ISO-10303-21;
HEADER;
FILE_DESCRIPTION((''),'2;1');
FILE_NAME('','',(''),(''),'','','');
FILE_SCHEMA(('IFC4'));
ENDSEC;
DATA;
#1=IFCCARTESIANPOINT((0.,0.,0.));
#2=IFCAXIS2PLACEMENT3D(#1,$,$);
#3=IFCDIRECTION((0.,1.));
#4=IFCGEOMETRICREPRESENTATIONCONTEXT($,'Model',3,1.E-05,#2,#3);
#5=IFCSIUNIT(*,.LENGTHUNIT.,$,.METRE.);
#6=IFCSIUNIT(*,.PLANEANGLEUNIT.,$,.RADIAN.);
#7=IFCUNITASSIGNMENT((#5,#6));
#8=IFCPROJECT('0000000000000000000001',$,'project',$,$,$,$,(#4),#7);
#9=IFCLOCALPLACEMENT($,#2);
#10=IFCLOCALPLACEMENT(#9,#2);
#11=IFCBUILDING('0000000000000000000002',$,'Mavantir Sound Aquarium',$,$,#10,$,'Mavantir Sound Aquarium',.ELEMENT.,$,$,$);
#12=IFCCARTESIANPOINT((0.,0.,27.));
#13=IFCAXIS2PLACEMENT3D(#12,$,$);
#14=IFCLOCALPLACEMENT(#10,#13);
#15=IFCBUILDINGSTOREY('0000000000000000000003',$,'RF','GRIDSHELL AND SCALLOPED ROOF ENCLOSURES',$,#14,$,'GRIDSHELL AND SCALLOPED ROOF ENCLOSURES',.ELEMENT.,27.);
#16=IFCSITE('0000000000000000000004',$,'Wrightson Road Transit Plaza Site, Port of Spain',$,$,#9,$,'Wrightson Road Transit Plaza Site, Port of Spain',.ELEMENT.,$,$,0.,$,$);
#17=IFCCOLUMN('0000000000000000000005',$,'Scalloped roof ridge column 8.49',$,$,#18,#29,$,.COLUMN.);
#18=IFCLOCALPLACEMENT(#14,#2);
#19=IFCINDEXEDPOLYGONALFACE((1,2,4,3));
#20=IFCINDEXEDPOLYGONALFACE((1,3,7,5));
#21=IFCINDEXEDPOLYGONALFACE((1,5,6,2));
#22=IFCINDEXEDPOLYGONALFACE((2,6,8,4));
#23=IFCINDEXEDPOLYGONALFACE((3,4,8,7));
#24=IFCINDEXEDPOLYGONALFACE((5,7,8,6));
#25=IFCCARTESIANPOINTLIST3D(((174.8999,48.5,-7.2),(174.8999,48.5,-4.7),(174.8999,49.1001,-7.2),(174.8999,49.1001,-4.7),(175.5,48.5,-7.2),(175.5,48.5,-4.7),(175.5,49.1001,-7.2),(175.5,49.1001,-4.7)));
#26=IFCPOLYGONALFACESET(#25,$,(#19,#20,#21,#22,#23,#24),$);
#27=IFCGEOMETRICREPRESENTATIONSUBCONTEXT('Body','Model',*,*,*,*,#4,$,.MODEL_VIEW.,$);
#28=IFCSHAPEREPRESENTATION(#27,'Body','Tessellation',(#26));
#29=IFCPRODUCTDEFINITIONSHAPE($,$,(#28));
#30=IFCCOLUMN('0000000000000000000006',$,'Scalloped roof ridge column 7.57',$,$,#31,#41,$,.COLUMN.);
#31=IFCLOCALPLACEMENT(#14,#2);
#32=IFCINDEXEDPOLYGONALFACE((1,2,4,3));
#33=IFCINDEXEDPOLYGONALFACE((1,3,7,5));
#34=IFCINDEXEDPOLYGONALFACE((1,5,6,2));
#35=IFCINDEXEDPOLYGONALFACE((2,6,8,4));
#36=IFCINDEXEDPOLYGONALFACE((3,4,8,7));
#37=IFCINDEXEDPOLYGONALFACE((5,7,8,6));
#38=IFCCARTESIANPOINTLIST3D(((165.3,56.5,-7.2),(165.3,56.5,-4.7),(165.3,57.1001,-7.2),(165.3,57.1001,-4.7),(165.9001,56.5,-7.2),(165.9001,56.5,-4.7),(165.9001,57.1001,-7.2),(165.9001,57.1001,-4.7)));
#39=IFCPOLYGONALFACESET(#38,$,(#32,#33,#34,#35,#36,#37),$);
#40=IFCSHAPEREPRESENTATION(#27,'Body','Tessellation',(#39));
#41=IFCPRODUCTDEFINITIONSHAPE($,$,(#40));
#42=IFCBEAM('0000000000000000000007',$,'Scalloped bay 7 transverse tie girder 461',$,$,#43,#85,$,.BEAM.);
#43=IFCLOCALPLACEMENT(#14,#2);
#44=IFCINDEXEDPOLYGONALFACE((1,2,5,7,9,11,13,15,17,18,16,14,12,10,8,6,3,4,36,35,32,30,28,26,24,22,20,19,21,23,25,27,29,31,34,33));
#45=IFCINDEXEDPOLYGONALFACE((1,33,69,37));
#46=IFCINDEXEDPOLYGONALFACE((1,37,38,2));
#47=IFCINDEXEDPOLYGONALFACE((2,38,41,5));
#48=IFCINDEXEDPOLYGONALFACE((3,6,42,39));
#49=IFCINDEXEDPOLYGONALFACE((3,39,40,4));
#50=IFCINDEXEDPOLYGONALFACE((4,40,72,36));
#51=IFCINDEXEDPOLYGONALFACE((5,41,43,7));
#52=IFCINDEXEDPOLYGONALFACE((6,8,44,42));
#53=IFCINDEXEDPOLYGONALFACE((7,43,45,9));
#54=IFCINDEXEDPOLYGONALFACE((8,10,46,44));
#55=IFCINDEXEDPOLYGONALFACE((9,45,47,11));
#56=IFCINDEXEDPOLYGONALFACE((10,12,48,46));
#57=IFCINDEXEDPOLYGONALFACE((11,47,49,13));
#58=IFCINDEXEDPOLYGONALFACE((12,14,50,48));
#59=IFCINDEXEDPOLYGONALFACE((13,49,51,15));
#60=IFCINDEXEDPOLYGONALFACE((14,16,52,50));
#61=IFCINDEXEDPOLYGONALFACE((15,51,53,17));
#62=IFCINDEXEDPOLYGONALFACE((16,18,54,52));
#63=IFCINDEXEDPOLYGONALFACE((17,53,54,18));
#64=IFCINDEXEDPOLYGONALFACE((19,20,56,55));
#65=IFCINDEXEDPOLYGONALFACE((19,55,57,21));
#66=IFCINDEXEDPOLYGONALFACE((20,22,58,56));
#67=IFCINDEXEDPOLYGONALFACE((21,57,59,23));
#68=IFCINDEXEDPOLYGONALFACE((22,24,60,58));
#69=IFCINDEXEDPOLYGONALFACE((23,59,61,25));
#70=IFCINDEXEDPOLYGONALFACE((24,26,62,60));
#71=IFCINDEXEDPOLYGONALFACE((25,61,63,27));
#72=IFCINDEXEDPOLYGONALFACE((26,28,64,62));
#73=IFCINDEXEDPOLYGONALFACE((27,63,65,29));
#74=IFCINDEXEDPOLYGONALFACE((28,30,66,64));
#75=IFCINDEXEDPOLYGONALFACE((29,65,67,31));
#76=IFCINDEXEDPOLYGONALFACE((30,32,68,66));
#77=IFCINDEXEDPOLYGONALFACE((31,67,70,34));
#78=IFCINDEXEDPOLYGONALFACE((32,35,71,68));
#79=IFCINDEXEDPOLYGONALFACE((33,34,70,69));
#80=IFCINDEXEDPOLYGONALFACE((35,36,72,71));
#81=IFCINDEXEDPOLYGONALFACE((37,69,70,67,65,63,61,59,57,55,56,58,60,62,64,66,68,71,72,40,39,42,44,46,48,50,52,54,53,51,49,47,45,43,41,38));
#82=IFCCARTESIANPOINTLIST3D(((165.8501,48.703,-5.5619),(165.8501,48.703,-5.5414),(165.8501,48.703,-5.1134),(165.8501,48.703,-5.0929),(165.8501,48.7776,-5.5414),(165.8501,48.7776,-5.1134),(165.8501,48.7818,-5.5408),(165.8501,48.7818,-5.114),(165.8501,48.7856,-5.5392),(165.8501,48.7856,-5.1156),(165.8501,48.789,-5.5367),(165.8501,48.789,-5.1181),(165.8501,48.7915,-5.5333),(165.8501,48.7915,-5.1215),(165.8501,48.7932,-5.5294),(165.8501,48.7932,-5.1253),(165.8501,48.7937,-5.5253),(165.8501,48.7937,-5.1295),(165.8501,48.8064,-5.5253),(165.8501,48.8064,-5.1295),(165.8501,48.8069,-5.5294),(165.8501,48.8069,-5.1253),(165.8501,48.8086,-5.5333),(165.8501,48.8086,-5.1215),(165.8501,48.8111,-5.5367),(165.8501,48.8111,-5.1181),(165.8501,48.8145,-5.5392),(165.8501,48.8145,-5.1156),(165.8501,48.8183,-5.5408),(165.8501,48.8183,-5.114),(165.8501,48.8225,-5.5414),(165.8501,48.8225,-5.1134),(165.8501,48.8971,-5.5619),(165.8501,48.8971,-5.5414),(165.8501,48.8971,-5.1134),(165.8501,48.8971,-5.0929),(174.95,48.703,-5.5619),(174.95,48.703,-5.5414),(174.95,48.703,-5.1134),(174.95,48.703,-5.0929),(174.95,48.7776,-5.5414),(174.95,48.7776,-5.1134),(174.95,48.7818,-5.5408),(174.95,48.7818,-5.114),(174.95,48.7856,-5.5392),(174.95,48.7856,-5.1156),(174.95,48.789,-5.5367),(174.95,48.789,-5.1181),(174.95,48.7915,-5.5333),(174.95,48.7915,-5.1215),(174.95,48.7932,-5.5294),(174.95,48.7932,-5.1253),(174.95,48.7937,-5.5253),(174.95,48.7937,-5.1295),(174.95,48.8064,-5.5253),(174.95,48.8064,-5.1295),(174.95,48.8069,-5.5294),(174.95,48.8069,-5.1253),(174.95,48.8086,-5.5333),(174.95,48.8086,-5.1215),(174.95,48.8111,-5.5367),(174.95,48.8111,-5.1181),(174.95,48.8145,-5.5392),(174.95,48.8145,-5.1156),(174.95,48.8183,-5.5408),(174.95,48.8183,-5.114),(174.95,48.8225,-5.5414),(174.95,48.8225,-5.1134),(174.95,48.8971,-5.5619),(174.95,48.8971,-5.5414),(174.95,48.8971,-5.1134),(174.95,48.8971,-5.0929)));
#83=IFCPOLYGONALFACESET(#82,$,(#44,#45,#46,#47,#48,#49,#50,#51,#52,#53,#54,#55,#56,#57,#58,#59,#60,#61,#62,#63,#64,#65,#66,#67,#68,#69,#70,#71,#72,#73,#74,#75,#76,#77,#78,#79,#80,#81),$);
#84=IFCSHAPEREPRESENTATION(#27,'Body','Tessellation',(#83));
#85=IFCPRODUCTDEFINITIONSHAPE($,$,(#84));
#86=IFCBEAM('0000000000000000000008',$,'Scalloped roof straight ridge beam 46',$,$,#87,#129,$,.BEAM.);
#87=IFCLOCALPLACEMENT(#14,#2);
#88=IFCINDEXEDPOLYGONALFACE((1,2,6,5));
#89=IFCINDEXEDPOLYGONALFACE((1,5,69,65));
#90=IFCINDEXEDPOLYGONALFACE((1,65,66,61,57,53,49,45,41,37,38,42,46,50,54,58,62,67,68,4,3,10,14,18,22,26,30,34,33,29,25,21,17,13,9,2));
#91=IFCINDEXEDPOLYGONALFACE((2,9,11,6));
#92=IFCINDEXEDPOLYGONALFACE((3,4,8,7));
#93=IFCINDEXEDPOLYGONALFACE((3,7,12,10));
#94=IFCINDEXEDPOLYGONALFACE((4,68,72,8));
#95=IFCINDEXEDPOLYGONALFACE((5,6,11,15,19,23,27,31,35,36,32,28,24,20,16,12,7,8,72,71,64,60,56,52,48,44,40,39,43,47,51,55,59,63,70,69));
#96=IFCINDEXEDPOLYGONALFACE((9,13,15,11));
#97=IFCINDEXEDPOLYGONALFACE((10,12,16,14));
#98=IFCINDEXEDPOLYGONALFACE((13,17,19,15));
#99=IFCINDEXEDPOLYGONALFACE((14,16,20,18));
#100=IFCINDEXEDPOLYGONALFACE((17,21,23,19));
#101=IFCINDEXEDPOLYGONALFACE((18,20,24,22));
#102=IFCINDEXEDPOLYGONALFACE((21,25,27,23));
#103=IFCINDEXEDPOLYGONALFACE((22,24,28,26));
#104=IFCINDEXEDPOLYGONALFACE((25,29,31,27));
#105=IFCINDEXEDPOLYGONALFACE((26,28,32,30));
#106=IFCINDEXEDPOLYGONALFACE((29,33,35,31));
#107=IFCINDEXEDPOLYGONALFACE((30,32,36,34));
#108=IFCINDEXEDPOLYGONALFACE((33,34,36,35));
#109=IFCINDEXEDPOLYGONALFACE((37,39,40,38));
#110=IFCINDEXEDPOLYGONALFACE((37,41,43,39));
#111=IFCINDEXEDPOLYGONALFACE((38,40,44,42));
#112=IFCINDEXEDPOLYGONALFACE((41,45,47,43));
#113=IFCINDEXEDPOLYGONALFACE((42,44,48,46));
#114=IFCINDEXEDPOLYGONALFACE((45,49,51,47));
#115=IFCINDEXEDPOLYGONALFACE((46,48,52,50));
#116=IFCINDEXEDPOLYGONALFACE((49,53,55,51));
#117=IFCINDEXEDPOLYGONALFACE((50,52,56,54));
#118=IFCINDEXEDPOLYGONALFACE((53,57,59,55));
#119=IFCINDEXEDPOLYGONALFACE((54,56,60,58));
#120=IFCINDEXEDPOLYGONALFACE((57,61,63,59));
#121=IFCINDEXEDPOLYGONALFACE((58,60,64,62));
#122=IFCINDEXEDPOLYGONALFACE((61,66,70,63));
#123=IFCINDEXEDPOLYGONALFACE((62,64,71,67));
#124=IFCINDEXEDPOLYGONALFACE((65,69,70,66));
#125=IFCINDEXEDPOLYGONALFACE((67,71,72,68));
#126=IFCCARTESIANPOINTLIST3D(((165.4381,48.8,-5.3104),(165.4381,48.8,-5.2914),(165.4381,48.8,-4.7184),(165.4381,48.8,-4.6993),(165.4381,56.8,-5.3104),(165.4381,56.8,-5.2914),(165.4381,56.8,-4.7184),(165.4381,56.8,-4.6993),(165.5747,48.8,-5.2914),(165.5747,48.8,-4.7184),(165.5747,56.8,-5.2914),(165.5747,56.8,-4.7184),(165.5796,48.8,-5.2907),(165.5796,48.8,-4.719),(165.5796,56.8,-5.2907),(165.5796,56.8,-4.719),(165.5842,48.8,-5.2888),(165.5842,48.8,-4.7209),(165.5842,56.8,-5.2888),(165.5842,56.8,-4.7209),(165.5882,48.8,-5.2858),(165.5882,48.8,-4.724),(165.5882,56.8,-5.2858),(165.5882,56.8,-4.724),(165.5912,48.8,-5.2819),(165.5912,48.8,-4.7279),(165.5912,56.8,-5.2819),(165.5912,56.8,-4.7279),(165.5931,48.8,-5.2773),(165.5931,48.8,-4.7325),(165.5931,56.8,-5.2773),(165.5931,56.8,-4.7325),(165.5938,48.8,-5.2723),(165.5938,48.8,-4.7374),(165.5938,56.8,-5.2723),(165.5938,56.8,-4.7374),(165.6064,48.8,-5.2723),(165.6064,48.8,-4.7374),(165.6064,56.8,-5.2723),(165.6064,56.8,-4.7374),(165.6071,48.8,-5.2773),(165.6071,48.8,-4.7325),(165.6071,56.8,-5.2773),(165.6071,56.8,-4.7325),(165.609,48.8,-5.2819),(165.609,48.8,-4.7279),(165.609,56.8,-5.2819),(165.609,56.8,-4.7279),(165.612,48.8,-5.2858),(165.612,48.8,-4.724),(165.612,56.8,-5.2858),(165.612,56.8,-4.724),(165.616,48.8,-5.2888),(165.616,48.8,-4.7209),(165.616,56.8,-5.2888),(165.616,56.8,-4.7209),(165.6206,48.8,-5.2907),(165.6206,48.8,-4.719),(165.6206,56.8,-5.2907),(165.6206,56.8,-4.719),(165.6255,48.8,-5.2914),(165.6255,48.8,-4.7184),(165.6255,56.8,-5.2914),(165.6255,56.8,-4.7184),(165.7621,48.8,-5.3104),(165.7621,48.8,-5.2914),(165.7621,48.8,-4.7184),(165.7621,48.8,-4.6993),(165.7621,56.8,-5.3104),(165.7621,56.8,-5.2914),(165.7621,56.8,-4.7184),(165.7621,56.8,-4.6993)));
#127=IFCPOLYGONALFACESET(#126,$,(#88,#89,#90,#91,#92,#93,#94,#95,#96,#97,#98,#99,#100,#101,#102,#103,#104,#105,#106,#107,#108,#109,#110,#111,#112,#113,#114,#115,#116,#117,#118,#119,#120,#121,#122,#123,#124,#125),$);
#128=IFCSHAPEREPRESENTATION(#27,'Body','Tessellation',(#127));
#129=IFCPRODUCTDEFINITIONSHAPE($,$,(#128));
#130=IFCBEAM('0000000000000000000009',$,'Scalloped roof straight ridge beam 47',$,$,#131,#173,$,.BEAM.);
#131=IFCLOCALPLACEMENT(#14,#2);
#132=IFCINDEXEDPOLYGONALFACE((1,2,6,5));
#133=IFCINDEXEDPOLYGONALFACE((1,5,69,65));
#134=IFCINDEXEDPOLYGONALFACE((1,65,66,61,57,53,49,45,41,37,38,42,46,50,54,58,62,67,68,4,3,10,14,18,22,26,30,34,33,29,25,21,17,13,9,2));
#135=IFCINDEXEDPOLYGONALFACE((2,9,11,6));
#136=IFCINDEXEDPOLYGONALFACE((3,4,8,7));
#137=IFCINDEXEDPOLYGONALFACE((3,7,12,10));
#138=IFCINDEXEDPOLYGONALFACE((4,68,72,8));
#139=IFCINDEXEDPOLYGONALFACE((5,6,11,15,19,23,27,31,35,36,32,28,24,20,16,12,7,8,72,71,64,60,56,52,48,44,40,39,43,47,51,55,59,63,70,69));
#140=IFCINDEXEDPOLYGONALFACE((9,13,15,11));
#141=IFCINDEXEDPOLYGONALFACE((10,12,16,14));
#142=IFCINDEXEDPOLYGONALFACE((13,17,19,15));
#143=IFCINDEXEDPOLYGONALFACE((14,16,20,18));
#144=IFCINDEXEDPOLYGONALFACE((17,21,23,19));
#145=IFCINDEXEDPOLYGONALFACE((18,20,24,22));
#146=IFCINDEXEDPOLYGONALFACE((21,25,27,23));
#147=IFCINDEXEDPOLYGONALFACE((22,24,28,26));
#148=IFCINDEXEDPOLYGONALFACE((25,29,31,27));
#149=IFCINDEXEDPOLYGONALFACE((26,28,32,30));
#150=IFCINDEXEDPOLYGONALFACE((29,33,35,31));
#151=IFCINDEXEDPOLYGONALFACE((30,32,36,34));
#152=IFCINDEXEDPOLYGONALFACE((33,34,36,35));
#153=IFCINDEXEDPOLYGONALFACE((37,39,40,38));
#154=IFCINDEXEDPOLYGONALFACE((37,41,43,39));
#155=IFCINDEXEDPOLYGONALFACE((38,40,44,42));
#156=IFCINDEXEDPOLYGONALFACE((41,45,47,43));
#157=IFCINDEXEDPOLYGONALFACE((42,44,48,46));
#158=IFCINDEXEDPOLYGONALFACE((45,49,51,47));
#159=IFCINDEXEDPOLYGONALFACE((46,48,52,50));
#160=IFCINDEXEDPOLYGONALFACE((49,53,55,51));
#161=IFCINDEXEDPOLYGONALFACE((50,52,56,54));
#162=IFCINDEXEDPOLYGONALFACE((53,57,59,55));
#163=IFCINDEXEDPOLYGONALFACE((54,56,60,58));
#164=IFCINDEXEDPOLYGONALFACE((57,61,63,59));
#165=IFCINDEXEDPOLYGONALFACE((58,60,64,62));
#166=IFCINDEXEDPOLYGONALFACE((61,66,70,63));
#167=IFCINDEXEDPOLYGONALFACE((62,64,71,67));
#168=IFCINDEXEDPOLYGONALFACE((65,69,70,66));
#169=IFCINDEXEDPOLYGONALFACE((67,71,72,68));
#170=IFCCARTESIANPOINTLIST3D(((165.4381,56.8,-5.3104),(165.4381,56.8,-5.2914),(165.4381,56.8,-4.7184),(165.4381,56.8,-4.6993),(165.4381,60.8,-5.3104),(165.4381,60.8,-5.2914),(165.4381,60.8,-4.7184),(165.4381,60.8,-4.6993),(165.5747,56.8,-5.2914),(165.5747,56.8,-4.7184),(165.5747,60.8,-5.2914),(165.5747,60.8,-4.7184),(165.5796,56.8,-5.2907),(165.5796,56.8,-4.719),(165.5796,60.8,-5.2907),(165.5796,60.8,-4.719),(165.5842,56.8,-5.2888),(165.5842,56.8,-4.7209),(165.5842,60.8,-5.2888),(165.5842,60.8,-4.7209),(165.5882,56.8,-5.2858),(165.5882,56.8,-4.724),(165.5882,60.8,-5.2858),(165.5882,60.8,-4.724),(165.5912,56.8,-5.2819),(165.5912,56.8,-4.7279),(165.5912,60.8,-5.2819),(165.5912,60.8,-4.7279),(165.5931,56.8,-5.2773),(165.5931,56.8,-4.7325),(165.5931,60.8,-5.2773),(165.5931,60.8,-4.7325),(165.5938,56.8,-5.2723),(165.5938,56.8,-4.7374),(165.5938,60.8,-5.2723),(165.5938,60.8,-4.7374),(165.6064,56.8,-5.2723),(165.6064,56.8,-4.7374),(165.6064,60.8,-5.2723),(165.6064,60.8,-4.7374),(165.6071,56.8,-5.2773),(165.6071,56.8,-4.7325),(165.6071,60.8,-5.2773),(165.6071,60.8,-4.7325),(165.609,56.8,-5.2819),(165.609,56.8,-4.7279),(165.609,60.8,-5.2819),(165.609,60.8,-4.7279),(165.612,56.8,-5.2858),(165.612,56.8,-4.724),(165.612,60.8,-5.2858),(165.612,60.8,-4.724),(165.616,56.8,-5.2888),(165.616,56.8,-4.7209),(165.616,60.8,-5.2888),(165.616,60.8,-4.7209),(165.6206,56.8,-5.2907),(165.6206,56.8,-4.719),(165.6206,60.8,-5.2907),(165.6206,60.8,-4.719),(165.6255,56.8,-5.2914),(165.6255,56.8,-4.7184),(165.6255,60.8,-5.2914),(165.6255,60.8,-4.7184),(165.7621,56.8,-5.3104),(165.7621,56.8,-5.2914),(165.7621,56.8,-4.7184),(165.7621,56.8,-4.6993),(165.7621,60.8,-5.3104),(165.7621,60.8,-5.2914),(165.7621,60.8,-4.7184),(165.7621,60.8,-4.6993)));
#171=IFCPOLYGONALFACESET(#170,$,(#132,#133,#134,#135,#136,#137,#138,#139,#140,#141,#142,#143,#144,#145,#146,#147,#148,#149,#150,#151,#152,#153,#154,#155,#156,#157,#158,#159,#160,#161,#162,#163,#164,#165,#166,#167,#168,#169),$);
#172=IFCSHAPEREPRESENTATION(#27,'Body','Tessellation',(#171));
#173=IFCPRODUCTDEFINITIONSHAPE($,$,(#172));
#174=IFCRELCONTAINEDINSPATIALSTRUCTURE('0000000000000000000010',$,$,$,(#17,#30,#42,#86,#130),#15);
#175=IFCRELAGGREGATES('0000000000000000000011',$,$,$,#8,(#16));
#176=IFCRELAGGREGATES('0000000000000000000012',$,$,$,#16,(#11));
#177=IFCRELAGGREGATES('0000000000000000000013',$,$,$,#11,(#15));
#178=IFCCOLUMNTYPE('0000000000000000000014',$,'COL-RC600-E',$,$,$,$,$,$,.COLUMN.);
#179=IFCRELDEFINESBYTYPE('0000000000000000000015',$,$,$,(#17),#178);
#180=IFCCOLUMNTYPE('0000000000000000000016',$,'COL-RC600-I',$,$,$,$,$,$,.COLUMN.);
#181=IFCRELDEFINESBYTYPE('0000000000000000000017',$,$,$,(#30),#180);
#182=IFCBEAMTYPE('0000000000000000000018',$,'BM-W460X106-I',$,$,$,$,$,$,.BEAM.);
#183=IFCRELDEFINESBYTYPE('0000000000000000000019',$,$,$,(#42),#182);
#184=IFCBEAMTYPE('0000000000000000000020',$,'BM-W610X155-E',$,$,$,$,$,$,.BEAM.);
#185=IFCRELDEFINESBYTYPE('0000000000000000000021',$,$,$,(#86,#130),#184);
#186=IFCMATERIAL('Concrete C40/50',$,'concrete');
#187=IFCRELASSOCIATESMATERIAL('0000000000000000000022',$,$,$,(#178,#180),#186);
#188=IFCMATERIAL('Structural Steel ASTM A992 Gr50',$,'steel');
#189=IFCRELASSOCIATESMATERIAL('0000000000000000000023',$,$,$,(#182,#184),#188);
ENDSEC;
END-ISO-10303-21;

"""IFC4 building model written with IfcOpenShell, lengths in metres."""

from ifc_helpers import new_model, si_unit, direction, frame, origin, origin_2d, place, context, subcontext, project, spatial, rectangle, i_section, extrude, material, material_profile, profile_set, type_object, element, save


model = new_model("IFC4")

# Units and contexts
model_context = context("Model", 3, precision=1e-05, world=origin(), true_north=direction((0.0, 1.0)))
body_context = subcontext(model_context, "Body", "Model", "MODEL_VIEW")
ifc_project = project(units=[si_unit("LENGTHUNIT", "METRE"), si_unit("PLANEANGLEUNIT", "RADIAN")], contexts=[model_context])

# Site, building, storey
site_placement = place(None, origin())
site = spatial("IfcSite", under=ifc_project, at=site_placement, Name="Wrightson Road Transit Plaza Site, Port of Spain", LongName="Wrightson Road Transit Plaza Site, Port of Spain", CompositionType="ELEMENT", RefElevation=0.0)
building_placement = place(site_placement, origin())
building = spatial("IfcBuilding", under=site, at=building_placement, Name="Mavantir Sound Aquarium", LongName="Mavantir Sound Aquarium", CompositionType="ELEMENT")
storey_placement = place(building_placement, frame((0.0, 0.0, 27.0)))
storey = spatial("IfcBuildingStorey", under=building, at=storey_placement, Name="RF", Description="GRIDSHELL AND SCALLOPED ROOF ENCLOSURES", LongName="GRIDSHELL AND SCALLOPED ROOF ENCLOSURES", CompositionType="ELEMENT", Elevation=27.0)

# Columns
ifc_material_1 = material(Name="Concrete C40/50", Category="concrete")
ifc_material_profile_1 = material_profile(ifc_material_1, rectangle(XDim=0.6001, YDim=0.6001, at=origin_2d()), Name="RC 600X600")
ifc_profile_set_1 = profile_set([ifc_material_profile_1], Name="Concrete C40/50")
column_type_1 = type_object("IfcColumnType", Name="COL-RC600-E", PredefinedType="COLUMN", material=ifc_profile_set_1)
column_1_placement = place(storey_placement, frame((175.2, 48.8, -7.2), z_axis=(0.0, 0.0, 1.0), x_axis=(1.0, 0.0, 0.0)))
element("IfcColumn", 1, at=column_1_placement, inside=storey, type_object=column_type_1, Name="Scalloped roof ridge column 8.49", PredefinedType="COLUMN", context=body_context, shape_type="SweptSolid", body=[
    extrude(rectangle(XDim=0.6001, YDim=0.6001, at=origin_2d()), origin(), (0.0, 0.0, 1.0), 2.5),
])
ifc_material_profile_2 = material_profile(ifc_material_1, rectangle(XDim=0.6001, YDim=0.6001, at=origin_2d()), Name="RC 600X600")
ifc_profile_set_2 = profile_set([ifc_material_profile_2], Name="Concrete C40/50")
column_type_2 = type_object("IfcColumnType", Name="COL-RC600-I", PredefinedType="COLUMN", material=ifc_profile_set_2)
column_2_placement = place(storey_placement, frame((165.6001, 56.8, -7.2), z_axis=(0.0, 0.0, 1.0), x_axis=(1.0, 0.0, 0.0)))
element("IfcColumn", 2, at=column_2_placement, inside=storey, type_object=column_type_2, Name="Scalloped roof ridge column 7.57", PredefinedType="COLUMN", context=body_context, shape_type="SweptSolid", body=[
    extrude(rectangle(XDim=0.6001, YDim=0.6001, at=origin_2d()), origin(), (0.0, 0.0, 1.0), 2.5),
])

# Beams
ifc_material_2 = material(Name="Structural Steel ASTM A992 Gr50", Category="steel")
ifc_material_profile_3 = material_profile(ifc_material_2, i_section(OverallWidth=0.1941, OverallDepth=0.469, WebThickness=0.0127, FlangeThickness=0.0205, FilletRadius=0.0161, at=origin_2d()), Name="W460X106")
ifc_profile_set_3 = profile_set([ifc_material_profile_3], Name="Structural Steel ASTM A992 Gr50")
beam_type_1 = type_object("IfcBeamType", Name="BM-W460X106-I", PredefinedType="BEAM", material=ifc_profile_set_3)
beam_1_placement = place(storey_placement, frame((165.8501, 48.8, -5.3274), z_axis=(1.0, 0.0, 0.0), x_axis=(0.0, 1.0, 0.0)))
element("IfcBeam", 3, at=beam_1_placement, inside=storey, type_object=beam_type_1, Name="Scalloped bay 7 transverse tie girder 461", PredefinedType="BEAM", context=body_context, shape_type="SweptSolid", body=[
    extrude(i_section(OverallWidth=0.1941, OverallDepth=0.469, WebThickness=0.0127, FlangeThickness=0.0205, FilletRadius=0.0161, at=origin_2d()), origin(), (0.0, 0.0, 1.0), 9.0999),
])
ifc_material_profile_4 = material_profile(ifc_material_2, i_section(OverallWidth=0.324, OverallDepth=0.6111, WebThickness=0.0127, FlangeThickness=0.019, FilletRadius=0.019, at=origin_2d()), Name="W610X155")
ifc_profile_set_4 = profile_set([ifc_material_profile_4], Name="Structural Steel ASTM A992 Gr50")
beam_type_2 = type_object("IfcBeamType", Name="BM-W610X155-E", PredefinedType="BEAM", material=ifc_profile_set_4)
beam_2_placement = place(storey_placement, frame((165.6001, 48.8, -5.0049), z_axis=(0.0, 1.0, 0.0), x_axis=(-1.0, 0.0, 0.0)))
element("IfcBeam", 4, at=beam_2_placement, inside=storey, type_object=beam_type_2, Name="Scalloped roof straight ridge beam 46", PredefinedType="BEAM", context=body_context, shape_type="SweptSolid", body=[
    extrude(i_section(OverallWidth=0.324, OverallDepth=0.6111, WebThickness=0.0127, FlangeThickness=0.019, FilletRadius=0.019, at=origin_2d()), origin(), (0.0, 0.0, 1.0), 8.0),
])
beam_3_placement = place(storey_placement, frame((165.6001, 56.8, -5.0049), z_axis=(0.0, 1.0, 0.0), x_axis=(-1.0, 0.0, 0.0)))
element("IfcBeam", 5, at=beam_3_placement, inside=storey, type_object=beam_type_2, Name="Scalloped roof straight ridge beam 47", PredefinedType="BEAM", context=body_context, shape_type="SweptSolid", body=[
    extrude(i_section(OverallWidth=0.324, OverallDepth=0.6111, WebThickness=0.0127, FlangeThickness=0.019, FilletRadius=0.019, at=origin_2d()), origin(), (0.0, 0.0, 1.0), 4.0),
])

save(model, "model.ifc")
